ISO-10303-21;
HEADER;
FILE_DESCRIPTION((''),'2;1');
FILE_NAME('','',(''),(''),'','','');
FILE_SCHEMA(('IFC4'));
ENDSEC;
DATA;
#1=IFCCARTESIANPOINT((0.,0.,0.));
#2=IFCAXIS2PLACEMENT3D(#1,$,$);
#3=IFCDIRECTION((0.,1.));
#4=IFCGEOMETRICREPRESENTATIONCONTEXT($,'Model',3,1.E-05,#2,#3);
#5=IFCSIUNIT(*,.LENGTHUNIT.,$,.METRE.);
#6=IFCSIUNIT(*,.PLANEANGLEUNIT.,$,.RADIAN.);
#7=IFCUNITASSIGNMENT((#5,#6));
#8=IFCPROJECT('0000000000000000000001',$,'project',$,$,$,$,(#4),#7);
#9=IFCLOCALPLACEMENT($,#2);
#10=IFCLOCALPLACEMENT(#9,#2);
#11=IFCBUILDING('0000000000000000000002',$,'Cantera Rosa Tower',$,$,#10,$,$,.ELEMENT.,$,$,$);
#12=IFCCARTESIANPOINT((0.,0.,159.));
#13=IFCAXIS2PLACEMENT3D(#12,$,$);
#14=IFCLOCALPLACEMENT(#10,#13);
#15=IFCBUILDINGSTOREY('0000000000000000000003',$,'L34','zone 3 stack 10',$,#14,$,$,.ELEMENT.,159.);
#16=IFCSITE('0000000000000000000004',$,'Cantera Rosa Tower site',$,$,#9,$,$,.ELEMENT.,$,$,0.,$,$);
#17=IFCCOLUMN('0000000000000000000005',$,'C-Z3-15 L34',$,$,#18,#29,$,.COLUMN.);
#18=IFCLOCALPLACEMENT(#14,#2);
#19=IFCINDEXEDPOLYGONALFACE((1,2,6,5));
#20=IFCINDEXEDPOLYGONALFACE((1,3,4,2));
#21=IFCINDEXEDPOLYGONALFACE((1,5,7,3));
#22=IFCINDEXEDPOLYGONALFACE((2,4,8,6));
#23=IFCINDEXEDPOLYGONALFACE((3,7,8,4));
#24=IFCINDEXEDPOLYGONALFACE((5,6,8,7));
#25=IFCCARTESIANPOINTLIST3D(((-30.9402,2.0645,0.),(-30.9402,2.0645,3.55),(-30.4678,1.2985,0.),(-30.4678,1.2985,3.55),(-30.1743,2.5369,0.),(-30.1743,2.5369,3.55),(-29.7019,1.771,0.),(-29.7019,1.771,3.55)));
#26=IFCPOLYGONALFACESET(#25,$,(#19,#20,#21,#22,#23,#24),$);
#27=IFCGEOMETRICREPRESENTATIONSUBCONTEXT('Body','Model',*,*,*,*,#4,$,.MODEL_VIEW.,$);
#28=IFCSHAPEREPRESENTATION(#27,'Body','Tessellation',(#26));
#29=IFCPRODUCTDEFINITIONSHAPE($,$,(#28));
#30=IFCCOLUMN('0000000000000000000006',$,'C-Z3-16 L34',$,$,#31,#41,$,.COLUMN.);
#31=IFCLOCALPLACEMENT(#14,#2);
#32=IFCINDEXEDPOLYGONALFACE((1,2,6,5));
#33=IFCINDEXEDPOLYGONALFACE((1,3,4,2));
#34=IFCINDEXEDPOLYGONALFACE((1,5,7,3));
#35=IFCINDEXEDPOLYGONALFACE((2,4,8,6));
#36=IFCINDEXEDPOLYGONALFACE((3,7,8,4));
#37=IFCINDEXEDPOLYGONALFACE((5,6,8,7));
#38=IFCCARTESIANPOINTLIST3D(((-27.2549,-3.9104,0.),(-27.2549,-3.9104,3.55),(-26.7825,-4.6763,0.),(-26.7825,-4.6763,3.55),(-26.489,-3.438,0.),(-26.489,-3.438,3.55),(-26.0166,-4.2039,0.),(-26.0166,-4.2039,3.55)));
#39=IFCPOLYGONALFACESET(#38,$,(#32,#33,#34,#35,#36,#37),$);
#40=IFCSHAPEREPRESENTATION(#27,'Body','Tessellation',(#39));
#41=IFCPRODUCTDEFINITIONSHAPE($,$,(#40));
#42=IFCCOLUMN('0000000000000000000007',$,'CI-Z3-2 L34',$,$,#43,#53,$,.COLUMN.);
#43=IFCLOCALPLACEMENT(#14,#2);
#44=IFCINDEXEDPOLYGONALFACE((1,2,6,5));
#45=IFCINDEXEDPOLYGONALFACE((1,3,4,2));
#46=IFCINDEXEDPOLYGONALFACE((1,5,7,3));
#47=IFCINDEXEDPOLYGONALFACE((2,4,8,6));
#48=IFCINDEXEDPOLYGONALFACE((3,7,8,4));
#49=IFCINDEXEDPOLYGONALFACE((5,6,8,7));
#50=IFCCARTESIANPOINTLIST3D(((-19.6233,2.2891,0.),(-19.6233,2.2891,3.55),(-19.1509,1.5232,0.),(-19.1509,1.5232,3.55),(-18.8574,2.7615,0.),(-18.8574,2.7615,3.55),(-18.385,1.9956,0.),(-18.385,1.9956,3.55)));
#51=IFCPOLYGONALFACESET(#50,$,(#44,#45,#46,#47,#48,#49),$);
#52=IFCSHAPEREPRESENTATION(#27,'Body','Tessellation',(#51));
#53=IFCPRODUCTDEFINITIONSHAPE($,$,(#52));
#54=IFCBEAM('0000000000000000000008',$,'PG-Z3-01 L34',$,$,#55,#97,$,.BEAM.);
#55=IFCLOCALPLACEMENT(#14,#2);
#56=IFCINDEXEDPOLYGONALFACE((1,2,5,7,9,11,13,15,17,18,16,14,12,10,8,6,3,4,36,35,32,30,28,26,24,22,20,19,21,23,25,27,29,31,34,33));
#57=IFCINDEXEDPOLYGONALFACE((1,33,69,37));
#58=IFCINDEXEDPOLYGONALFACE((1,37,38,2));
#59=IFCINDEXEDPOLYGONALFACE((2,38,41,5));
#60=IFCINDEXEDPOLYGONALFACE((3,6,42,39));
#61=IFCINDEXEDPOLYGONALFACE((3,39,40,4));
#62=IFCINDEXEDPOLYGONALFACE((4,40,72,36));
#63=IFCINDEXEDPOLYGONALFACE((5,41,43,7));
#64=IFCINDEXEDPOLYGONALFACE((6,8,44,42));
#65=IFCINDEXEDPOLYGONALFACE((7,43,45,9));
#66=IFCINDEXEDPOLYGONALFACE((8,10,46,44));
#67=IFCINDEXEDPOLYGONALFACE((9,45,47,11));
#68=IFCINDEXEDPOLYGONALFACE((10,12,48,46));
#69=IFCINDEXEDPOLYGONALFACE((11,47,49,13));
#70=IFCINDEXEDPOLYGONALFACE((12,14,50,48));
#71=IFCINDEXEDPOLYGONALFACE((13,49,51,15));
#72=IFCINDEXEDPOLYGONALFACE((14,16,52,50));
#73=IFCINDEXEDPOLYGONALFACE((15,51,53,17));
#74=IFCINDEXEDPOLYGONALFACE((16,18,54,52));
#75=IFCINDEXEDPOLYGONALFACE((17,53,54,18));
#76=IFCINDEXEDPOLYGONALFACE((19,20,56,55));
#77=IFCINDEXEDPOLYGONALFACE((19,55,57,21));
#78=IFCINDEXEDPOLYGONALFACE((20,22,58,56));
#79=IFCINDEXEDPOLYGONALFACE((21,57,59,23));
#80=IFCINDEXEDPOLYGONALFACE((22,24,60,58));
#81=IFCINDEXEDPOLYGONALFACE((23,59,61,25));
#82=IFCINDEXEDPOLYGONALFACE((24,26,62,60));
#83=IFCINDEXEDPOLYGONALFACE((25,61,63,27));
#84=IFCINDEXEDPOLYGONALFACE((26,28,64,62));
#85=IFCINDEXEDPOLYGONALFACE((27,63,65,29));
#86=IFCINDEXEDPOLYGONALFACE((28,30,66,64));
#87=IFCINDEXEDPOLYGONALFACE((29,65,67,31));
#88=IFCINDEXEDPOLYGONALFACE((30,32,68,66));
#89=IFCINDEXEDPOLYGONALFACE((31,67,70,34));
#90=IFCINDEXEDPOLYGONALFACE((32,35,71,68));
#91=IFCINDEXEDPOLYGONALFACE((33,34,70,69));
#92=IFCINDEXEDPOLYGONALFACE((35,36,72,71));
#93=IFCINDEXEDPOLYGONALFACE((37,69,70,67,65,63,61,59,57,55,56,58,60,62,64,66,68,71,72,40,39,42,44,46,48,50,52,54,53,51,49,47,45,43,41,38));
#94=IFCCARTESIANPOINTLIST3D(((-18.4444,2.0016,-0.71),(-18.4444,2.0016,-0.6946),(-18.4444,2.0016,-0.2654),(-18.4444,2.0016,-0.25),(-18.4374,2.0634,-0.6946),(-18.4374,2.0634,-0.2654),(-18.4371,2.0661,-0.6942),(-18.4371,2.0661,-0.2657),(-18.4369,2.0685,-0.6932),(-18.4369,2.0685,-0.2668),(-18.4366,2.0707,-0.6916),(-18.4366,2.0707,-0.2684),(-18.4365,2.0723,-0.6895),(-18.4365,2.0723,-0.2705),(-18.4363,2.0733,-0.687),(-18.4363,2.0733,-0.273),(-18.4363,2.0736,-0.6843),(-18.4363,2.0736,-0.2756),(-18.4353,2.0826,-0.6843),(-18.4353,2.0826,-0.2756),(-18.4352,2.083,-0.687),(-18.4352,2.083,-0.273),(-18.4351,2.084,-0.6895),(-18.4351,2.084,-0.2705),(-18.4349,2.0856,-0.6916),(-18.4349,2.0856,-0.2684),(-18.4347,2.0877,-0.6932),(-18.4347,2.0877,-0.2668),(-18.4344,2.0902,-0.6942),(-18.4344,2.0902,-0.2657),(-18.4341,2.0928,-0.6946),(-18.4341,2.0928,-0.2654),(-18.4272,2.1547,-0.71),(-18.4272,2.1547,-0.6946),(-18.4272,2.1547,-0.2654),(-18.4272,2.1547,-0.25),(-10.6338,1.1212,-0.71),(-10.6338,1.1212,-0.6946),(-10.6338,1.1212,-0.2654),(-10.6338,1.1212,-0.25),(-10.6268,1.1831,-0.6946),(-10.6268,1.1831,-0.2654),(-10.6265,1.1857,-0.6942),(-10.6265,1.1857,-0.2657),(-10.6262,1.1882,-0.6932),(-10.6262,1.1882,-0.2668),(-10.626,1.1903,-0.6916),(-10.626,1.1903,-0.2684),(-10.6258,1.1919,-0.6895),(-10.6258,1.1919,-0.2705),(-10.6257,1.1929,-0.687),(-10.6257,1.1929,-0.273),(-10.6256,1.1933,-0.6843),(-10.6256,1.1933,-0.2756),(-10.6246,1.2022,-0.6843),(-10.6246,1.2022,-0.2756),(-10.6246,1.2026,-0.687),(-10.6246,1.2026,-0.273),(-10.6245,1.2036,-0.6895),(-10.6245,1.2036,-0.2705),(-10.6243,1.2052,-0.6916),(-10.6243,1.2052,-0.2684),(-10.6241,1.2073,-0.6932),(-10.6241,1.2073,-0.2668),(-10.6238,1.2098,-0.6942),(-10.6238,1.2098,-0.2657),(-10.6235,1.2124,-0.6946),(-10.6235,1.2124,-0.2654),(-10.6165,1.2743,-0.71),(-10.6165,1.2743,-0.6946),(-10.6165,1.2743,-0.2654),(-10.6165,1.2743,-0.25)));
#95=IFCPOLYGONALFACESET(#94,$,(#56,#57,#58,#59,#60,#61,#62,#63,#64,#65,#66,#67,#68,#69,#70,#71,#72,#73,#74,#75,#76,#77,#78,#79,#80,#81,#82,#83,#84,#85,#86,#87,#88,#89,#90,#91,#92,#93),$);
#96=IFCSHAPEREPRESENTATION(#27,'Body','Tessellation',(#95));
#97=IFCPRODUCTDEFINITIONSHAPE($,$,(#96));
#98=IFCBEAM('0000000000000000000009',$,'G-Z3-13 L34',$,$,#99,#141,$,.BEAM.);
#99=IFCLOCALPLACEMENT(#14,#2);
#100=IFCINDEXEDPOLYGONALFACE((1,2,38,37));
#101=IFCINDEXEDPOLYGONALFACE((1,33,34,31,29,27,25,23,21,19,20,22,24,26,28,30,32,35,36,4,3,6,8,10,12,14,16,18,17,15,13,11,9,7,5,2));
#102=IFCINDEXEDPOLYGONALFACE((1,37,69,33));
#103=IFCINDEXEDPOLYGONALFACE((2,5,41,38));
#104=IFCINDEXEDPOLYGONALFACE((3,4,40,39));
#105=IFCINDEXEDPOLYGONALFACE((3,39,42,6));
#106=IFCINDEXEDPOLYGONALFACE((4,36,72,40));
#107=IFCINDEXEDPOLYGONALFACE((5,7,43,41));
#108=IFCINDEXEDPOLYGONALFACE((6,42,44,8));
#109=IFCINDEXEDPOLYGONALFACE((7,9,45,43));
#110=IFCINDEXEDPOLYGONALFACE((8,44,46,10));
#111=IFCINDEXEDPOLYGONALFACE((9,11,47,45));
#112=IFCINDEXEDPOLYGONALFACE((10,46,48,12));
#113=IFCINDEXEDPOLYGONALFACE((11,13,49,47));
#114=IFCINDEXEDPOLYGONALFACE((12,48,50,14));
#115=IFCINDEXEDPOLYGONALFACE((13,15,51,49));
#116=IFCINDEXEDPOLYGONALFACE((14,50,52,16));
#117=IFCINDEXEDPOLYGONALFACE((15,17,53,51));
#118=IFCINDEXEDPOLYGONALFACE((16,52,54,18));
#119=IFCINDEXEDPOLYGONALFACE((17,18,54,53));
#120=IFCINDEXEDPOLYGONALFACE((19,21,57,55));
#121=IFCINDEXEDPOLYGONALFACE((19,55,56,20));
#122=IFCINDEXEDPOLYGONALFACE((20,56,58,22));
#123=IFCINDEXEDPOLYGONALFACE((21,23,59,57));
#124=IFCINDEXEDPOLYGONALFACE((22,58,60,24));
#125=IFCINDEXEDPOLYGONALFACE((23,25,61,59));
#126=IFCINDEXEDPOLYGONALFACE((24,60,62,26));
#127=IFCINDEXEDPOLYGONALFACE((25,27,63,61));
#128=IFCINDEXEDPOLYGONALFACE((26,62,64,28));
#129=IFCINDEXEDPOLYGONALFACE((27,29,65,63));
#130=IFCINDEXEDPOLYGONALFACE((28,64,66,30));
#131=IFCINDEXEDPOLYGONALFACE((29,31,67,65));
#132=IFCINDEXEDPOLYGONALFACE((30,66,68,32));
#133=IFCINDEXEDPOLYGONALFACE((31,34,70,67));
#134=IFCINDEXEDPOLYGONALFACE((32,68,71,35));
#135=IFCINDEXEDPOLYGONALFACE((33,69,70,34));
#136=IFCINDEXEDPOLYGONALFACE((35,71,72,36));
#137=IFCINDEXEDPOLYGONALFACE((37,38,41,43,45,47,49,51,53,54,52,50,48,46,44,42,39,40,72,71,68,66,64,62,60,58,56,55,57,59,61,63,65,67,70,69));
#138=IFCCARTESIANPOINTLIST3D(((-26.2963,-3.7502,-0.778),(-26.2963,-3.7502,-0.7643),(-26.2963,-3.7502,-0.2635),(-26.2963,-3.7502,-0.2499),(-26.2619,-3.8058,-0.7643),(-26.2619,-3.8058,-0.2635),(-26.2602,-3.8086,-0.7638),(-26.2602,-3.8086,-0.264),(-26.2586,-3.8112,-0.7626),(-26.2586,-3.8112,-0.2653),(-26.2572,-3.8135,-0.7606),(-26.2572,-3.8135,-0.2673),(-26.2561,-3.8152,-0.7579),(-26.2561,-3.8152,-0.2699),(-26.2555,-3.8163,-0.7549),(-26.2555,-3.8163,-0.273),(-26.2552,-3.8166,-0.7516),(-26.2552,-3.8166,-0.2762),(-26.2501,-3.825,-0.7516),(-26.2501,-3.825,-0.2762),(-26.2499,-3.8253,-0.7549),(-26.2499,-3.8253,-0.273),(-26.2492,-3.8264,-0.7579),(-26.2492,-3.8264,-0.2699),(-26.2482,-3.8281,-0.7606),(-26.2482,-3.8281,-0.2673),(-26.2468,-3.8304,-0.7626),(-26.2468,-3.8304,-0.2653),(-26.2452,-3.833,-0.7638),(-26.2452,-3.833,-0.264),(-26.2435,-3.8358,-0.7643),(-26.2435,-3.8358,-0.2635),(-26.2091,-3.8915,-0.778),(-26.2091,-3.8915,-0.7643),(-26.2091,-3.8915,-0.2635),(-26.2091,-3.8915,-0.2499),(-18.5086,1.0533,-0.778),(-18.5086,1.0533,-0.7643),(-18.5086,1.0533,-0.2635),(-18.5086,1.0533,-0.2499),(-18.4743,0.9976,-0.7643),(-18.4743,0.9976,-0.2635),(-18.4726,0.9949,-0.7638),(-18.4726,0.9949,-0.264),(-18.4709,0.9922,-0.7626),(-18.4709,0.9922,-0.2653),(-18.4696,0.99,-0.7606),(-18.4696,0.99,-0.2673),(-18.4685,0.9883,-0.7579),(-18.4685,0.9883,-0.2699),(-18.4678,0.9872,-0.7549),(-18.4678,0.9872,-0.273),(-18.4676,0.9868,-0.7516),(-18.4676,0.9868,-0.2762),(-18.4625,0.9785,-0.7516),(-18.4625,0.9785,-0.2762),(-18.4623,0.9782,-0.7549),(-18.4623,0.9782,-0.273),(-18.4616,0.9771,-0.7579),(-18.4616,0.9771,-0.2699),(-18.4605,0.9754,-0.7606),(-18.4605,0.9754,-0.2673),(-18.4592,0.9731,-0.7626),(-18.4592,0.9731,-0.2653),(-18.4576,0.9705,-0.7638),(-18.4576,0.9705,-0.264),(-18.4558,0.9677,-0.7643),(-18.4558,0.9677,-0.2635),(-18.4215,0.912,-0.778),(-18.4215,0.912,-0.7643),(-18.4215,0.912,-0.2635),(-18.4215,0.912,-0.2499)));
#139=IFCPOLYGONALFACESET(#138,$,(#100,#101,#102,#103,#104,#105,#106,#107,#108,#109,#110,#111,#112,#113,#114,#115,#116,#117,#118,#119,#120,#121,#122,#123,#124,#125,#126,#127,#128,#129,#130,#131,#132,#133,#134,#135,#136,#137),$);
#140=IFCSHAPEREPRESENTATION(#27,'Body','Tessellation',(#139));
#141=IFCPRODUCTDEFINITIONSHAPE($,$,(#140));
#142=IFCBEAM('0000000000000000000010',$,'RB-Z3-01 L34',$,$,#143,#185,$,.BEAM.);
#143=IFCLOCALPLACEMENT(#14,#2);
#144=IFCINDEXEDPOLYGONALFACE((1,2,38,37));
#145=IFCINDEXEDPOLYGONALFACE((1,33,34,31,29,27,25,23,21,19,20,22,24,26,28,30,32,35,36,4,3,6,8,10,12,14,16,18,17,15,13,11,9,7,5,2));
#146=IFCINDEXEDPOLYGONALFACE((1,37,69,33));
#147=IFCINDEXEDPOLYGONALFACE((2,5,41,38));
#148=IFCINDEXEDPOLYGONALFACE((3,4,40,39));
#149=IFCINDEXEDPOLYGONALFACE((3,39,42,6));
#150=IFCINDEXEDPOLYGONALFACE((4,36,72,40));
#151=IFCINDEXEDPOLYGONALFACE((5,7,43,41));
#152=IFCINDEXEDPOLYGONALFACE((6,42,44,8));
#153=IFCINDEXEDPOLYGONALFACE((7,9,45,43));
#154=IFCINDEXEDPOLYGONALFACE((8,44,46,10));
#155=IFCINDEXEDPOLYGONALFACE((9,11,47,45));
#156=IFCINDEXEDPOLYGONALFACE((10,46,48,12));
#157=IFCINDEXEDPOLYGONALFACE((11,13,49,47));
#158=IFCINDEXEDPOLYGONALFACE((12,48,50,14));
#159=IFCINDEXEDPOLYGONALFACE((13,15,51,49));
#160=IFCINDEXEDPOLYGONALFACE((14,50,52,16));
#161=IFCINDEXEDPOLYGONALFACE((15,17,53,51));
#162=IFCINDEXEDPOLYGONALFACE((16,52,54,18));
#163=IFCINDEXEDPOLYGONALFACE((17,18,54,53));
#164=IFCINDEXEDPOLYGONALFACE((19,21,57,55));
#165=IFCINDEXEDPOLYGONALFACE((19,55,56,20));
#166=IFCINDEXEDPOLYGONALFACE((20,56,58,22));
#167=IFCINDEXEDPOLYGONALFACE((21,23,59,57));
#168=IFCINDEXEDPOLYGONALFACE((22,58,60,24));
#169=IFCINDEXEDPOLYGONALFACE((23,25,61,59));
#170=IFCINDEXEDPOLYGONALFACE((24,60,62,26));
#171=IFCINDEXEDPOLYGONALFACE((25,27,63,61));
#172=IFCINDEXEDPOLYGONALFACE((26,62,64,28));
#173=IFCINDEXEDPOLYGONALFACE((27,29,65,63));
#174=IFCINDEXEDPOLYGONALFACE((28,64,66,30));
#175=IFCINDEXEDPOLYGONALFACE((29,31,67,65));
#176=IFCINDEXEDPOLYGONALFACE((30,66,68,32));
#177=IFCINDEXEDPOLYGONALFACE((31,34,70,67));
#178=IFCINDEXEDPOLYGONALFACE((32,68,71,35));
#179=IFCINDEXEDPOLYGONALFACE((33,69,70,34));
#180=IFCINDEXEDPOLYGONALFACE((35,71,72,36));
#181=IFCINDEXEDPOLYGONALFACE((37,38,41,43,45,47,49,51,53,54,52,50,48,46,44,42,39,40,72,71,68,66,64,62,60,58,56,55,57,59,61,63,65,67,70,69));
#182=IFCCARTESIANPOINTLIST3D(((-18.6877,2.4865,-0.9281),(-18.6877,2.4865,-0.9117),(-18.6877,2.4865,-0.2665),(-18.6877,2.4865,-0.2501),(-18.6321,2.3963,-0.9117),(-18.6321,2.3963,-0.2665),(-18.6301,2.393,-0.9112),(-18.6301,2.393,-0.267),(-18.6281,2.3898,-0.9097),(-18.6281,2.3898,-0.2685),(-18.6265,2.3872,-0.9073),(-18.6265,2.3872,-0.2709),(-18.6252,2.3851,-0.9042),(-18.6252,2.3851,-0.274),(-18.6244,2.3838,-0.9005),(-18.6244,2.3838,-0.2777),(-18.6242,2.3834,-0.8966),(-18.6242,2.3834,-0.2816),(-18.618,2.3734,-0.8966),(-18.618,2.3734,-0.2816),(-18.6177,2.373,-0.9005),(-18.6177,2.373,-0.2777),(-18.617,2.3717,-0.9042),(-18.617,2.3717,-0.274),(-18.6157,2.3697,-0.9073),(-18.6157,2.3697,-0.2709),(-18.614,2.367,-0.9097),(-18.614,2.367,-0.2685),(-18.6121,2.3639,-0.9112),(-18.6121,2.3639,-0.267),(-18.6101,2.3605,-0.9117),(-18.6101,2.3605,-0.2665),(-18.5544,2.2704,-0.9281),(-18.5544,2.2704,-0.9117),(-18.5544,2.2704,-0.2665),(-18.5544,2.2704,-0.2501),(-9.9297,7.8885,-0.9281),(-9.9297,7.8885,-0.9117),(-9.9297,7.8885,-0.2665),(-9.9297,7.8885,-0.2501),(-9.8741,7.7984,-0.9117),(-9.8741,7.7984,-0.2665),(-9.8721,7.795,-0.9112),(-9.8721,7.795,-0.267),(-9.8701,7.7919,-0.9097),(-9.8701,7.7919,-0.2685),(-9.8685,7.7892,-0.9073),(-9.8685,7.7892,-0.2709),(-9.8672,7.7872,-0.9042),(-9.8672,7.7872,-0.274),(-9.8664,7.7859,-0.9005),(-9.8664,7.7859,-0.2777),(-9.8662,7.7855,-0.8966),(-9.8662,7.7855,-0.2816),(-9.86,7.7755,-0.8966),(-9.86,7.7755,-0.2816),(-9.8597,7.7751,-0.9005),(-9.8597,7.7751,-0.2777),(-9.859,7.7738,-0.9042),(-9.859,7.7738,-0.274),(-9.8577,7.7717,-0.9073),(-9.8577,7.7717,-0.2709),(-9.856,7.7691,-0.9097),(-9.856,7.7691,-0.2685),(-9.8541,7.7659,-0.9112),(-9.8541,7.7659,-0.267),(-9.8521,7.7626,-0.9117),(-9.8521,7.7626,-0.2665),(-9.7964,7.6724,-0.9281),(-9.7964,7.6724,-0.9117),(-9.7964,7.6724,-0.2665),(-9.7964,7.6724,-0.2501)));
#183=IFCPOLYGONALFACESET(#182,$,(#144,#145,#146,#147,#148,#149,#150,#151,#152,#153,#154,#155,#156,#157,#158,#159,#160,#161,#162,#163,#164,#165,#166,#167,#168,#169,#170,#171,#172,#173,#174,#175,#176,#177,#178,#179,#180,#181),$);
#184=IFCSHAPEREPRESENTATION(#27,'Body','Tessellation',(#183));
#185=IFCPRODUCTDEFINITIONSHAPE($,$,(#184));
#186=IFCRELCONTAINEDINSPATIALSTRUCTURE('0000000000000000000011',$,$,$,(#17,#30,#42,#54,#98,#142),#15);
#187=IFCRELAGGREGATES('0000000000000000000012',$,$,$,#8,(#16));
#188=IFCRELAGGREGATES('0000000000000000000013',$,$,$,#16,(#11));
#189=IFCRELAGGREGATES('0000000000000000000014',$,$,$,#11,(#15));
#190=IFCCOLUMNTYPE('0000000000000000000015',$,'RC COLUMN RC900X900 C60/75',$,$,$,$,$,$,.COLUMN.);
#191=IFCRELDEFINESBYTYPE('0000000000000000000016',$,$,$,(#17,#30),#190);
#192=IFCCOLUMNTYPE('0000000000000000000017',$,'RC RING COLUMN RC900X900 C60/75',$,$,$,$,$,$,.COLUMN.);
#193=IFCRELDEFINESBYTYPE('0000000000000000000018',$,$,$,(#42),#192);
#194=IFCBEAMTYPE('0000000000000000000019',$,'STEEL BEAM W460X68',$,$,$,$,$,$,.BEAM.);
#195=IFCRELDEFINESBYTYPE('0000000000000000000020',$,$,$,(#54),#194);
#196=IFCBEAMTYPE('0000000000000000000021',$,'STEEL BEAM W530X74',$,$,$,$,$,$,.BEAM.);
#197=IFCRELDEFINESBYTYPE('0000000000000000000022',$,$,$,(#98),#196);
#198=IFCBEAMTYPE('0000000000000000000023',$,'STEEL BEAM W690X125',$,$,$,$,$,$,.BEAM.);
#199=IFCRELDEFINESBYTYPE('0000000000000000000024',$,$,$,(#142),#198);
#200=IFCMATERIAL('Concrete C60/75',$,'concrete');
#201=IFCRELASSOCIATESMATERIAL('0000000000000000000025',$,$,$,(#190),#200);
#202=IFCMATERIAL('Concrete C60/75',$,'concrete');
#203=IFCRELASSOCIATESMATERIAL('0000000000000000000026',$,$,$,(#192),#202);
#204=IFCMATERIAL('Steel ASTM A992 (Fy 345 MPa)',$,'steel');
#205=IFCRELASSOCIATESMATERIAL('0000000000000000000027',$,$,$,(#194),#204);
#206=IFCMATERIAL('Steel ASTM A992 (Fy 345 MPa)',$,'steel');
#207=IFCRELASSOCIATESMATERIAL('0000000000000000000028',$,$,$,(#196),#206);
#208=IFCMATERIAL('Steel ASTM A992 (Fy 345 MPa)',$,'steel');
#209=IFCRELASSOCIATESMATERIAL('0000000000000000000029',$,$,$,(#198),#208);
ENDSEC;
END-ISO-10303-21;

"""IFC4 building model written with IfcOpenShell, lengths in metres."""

from ifc_helpers import new_model, si_unit, direction, frame, origin, origin_2d, place, context, subcontext, project, spatial, rectangle, i_section, extrude, material, material_profile, profile_set, type_object, element, save


model = new_model("IFC4")

# Units and contexts
model_context = context("Model", 3, precision=1e-05, world=origin(), true_north=direction((0.0, 1.0)))
body_context = subcontext(model_context, "Body", "Model", "MODEL_VIEW")
ifc_project = project(units=[si_unit("LENGTHUNIT", "METRE"), si_unit("PLANEANGLEUNIT", "RADIAN")], contexts=[model_context])

# Site, building, storey
site_placement = place(None, origin())
site = spatial("IfcSite", under=ifc_project, at=site_placement, Name="Cantera Rosa Tower site", CompositionType="ELEMENT", RefElevation=0.0)
building_placement = place(site_placement, origin())
building = spatial("IfcBuilding", under=site, at=building_placement, Name="Cantera Rosa Tower", CompositionType="ELEMENT")
storey_placement = place(building_placement, frame((0.0, 0.0, 159.0)))
storey = spatial("IfcBuildingStorey", under=building, at=storey_placement, Name="L34", Description="zone 3 stack 10", CompositionType="ELEMENT", Elevation=159.0)

# Columns
ifc_material_1 = material(Name="Concrete C60/75", Category="concrete")
ifc_material_profile_1 = material_profile(ifc_material_1, rectangle(XDim=0.8999, YDim=0.8999, at=origin_2d()), Name="RC COLUMN RC900X900 C60/75")
ifc_profile_set_1 = profile_set([ifc_material_profile_1], Name="Concrete C60/75")
column_type_1 = type_object("IfcColumnType", Name="RC COLUMN RC900X900 C60/75", PredefinedType="COLUMN", material=ifc_profile_set_1)
for number, where, z_axis, x_axis, name in (
    (1, (-30.321, 1.9177, 0.0), (0.0, 0.0, 1.0), (0.851117, 0.524977, 0.0), "C-Z3-15 L34"),
    (2, (-26.6357, -4.0571, 0.0), (0.0, 0.0, 1.0), (0.851117, 0.524977, 0.0), "C-Z3-16 L34"),
):
    element("IfcColumn", number, at=place(storey_placement, frame(where, z_axis=z_axis, x_axis=x_axis)), inside=storey, type_object=column_type_1, Name=name, PredefinedType="COLUMN", context=body_context, shape_type="SweptSolid", body=[
        extrude(rectangle(XDim=0.8999, YDim=0.8999, at=origin_2d()), origin(), (0.0, 0.0, 1.0), 3.55),
    ])
ifc_material_2 = material(Name="Concrete C60/75", Category="concrete")
ifc_material_profile_2 = material_profile(ifc_material_2, rectangle(XDim=0.8999, YDim=0.8999, at=origin_2d()), Name="RC RING COLUMN RC900X900 C60/75")
ifc_profile_set_2 = profile_set([ifc_material_profile_2], Name="Concrete C60/75")
column_type_2 = type_object("IfcColumnType", Name="RC RING COLUMN RC900X900 C60/75", PredefinedType="COLUMN", material=ifc_profile_set_2)
column_placement = place(storey_placement, frame((-19.0042, 2.1423, 0.0), z_axis=(0.0, 0.0, 1.0), x_axis=(0.851117, 0.524977, 0.0)))
element("IfcColumn", 3, at=column_placement, inside=storey, type_object=column_type_2, Name="CI-Z3-2 L34", PredefinedType="COLUMN", context=body_context, shape_type="SweptSolid", body=[
    extrude(rectangle(XDim=0.8999, YDim=0.8999, at=origin_2d()), origin(), (0.0, 0.0, 1.0), 3.55),
])

# Beams
ifc_material_3 = material(Name="Steel ASTM A992 (Fy 345 MPa)", Category="steel")
ifc_material_profile_3 = material_profile(ifc_material_3, i_section(OverallWidth=0.1541, OverallDepth=0.46, WebThickness=0.009, FlangeThickness=0.0154, FilletRadius=0.0103, at=origin_2d()), Name="W460X68")
ifc_profile_set_3 = profile_set([ifc_material_profile_3], Name="Steel ASTM A992 (Fy 345 MPa)")
beam_type_1 = type_object("IfcBeamType", Name="STEEL BEAM W460X68", PredefinedType="BEAM", material=ifc_profile_set_3)
beam_1_placement = place(storey_placement, frame((-18.4358, 2.0781, -0.48), z_axis=(0.993707, -0.112006, 0.0), x_axis=(0.112006, 0.993707, 0.0)))
element("IfcBeam", 4, at=beam_1_placement, inside=storey, type_object=beam_type_1, Name="PG-Z3-01 L34", PredefinedType="BEAM", context=body_context, shape_type="SweptSolid", body=[
    extrude(i_section(OverallWidth=0.1541, OverallDepth=0.46, WebThickness=0.009, FlangeThickness=0.0154, FilletRadius=0.0103, at=origin_2d()), origin(), (0.0, 0.0, 1.0), 7.8601),
])
ifc_material_4 = material(Name="Steel ASTM A992 (Fy 345 MPa)", Category="steel")
ifc_material_profile_4 = material_profile(ifc_material_4, i_section(OverallWidth=0.166, OverallDepth=0.5281, WebThickness=0.0098, FlangeThickness=0.0137, FilletRadius=0.0127, at=origin_2d()), Name="W530X74")
ifc_profile_set_4 = profile_set([ifc_material_profile_4], Name="Steel ASTM A992 (Fy 345 MPa)")
beam_type_2 = type_object("IfcBeamType", Name="STEEL BEAM W530X74", PredefinedType="BEAM", material=ifc_profile_set_4)
beam_2_placement = place(storey_placement, frame((-26.2527, -3.8208, -0.5139), z_axis=(0.851116, 0.524977, 0.0), x_axis=(-0.524977, 0.851116, 0.0)))
element("IfcBeam", 5, at=beam_2_placement, inside=storey, type_object=beam_type_2, Name="G-Z3-13 L34", PredefinedType="BEAM", context=body_context, shape_type="SweptSolid", body=[
    extrude(i_section(OverallWidth=0.166, OverallDepth=0.5281, WebThickness=0.0098, FlangeThickness=0.0137, FilletRadius=0.0127, at=origin_2d()), origin(), (0.0, 0.0, 1.0), 9.1499),
])
ifc_material_5 = material(Name="Steel ASTM A992 (Fy 345 MPa)", Category="steel")
ifc_material_profile_5 = material_profile(ifc_material_5, i_section(OverallWidth=0.2539, OverallDepth=0.678, WebThickness=0.0117, FlangeThickness=0.0164, FilletRadius=0.0151, at=origin_2d()), Name="W690X125")
ifc_profile_set_5 = profile_set([ifc_material_profile_5], Name="Steel ASTM A992 (Fy 345 MPa)")
beam_type_3 = type_object("IfcBeamType", Name="STEEL BEAM W690X125", PredefinedType="BEAM", material=ifc_profile_set_5)
beam_3_placement = place(storey_placement, frame((-18.6211, 2.3784, -0.5891), z_axis=(0.851115, 0.52498, 0.0), x_axis=(-0.52498, 0.851115, 0.0)))
element("IfcBeam", 6, at=beam_3_placement, inside=storey, type_object=beam_type_3, Name="RB-Z3-01 L34", PredefinedType="BEAM", context=body_context, shape_type="SweptSolid", body=[
    extrude(i_section(OverallWidth=0.2539, OverallDepth=0.678, WebThickness=0.0117, FlangeThickness=0.0164, FilletRadius=0.0151, at=origin_2d()), origin(), (0.0, 0.0, 1.0), 10.29),
])

save(model, "model.ifc")
